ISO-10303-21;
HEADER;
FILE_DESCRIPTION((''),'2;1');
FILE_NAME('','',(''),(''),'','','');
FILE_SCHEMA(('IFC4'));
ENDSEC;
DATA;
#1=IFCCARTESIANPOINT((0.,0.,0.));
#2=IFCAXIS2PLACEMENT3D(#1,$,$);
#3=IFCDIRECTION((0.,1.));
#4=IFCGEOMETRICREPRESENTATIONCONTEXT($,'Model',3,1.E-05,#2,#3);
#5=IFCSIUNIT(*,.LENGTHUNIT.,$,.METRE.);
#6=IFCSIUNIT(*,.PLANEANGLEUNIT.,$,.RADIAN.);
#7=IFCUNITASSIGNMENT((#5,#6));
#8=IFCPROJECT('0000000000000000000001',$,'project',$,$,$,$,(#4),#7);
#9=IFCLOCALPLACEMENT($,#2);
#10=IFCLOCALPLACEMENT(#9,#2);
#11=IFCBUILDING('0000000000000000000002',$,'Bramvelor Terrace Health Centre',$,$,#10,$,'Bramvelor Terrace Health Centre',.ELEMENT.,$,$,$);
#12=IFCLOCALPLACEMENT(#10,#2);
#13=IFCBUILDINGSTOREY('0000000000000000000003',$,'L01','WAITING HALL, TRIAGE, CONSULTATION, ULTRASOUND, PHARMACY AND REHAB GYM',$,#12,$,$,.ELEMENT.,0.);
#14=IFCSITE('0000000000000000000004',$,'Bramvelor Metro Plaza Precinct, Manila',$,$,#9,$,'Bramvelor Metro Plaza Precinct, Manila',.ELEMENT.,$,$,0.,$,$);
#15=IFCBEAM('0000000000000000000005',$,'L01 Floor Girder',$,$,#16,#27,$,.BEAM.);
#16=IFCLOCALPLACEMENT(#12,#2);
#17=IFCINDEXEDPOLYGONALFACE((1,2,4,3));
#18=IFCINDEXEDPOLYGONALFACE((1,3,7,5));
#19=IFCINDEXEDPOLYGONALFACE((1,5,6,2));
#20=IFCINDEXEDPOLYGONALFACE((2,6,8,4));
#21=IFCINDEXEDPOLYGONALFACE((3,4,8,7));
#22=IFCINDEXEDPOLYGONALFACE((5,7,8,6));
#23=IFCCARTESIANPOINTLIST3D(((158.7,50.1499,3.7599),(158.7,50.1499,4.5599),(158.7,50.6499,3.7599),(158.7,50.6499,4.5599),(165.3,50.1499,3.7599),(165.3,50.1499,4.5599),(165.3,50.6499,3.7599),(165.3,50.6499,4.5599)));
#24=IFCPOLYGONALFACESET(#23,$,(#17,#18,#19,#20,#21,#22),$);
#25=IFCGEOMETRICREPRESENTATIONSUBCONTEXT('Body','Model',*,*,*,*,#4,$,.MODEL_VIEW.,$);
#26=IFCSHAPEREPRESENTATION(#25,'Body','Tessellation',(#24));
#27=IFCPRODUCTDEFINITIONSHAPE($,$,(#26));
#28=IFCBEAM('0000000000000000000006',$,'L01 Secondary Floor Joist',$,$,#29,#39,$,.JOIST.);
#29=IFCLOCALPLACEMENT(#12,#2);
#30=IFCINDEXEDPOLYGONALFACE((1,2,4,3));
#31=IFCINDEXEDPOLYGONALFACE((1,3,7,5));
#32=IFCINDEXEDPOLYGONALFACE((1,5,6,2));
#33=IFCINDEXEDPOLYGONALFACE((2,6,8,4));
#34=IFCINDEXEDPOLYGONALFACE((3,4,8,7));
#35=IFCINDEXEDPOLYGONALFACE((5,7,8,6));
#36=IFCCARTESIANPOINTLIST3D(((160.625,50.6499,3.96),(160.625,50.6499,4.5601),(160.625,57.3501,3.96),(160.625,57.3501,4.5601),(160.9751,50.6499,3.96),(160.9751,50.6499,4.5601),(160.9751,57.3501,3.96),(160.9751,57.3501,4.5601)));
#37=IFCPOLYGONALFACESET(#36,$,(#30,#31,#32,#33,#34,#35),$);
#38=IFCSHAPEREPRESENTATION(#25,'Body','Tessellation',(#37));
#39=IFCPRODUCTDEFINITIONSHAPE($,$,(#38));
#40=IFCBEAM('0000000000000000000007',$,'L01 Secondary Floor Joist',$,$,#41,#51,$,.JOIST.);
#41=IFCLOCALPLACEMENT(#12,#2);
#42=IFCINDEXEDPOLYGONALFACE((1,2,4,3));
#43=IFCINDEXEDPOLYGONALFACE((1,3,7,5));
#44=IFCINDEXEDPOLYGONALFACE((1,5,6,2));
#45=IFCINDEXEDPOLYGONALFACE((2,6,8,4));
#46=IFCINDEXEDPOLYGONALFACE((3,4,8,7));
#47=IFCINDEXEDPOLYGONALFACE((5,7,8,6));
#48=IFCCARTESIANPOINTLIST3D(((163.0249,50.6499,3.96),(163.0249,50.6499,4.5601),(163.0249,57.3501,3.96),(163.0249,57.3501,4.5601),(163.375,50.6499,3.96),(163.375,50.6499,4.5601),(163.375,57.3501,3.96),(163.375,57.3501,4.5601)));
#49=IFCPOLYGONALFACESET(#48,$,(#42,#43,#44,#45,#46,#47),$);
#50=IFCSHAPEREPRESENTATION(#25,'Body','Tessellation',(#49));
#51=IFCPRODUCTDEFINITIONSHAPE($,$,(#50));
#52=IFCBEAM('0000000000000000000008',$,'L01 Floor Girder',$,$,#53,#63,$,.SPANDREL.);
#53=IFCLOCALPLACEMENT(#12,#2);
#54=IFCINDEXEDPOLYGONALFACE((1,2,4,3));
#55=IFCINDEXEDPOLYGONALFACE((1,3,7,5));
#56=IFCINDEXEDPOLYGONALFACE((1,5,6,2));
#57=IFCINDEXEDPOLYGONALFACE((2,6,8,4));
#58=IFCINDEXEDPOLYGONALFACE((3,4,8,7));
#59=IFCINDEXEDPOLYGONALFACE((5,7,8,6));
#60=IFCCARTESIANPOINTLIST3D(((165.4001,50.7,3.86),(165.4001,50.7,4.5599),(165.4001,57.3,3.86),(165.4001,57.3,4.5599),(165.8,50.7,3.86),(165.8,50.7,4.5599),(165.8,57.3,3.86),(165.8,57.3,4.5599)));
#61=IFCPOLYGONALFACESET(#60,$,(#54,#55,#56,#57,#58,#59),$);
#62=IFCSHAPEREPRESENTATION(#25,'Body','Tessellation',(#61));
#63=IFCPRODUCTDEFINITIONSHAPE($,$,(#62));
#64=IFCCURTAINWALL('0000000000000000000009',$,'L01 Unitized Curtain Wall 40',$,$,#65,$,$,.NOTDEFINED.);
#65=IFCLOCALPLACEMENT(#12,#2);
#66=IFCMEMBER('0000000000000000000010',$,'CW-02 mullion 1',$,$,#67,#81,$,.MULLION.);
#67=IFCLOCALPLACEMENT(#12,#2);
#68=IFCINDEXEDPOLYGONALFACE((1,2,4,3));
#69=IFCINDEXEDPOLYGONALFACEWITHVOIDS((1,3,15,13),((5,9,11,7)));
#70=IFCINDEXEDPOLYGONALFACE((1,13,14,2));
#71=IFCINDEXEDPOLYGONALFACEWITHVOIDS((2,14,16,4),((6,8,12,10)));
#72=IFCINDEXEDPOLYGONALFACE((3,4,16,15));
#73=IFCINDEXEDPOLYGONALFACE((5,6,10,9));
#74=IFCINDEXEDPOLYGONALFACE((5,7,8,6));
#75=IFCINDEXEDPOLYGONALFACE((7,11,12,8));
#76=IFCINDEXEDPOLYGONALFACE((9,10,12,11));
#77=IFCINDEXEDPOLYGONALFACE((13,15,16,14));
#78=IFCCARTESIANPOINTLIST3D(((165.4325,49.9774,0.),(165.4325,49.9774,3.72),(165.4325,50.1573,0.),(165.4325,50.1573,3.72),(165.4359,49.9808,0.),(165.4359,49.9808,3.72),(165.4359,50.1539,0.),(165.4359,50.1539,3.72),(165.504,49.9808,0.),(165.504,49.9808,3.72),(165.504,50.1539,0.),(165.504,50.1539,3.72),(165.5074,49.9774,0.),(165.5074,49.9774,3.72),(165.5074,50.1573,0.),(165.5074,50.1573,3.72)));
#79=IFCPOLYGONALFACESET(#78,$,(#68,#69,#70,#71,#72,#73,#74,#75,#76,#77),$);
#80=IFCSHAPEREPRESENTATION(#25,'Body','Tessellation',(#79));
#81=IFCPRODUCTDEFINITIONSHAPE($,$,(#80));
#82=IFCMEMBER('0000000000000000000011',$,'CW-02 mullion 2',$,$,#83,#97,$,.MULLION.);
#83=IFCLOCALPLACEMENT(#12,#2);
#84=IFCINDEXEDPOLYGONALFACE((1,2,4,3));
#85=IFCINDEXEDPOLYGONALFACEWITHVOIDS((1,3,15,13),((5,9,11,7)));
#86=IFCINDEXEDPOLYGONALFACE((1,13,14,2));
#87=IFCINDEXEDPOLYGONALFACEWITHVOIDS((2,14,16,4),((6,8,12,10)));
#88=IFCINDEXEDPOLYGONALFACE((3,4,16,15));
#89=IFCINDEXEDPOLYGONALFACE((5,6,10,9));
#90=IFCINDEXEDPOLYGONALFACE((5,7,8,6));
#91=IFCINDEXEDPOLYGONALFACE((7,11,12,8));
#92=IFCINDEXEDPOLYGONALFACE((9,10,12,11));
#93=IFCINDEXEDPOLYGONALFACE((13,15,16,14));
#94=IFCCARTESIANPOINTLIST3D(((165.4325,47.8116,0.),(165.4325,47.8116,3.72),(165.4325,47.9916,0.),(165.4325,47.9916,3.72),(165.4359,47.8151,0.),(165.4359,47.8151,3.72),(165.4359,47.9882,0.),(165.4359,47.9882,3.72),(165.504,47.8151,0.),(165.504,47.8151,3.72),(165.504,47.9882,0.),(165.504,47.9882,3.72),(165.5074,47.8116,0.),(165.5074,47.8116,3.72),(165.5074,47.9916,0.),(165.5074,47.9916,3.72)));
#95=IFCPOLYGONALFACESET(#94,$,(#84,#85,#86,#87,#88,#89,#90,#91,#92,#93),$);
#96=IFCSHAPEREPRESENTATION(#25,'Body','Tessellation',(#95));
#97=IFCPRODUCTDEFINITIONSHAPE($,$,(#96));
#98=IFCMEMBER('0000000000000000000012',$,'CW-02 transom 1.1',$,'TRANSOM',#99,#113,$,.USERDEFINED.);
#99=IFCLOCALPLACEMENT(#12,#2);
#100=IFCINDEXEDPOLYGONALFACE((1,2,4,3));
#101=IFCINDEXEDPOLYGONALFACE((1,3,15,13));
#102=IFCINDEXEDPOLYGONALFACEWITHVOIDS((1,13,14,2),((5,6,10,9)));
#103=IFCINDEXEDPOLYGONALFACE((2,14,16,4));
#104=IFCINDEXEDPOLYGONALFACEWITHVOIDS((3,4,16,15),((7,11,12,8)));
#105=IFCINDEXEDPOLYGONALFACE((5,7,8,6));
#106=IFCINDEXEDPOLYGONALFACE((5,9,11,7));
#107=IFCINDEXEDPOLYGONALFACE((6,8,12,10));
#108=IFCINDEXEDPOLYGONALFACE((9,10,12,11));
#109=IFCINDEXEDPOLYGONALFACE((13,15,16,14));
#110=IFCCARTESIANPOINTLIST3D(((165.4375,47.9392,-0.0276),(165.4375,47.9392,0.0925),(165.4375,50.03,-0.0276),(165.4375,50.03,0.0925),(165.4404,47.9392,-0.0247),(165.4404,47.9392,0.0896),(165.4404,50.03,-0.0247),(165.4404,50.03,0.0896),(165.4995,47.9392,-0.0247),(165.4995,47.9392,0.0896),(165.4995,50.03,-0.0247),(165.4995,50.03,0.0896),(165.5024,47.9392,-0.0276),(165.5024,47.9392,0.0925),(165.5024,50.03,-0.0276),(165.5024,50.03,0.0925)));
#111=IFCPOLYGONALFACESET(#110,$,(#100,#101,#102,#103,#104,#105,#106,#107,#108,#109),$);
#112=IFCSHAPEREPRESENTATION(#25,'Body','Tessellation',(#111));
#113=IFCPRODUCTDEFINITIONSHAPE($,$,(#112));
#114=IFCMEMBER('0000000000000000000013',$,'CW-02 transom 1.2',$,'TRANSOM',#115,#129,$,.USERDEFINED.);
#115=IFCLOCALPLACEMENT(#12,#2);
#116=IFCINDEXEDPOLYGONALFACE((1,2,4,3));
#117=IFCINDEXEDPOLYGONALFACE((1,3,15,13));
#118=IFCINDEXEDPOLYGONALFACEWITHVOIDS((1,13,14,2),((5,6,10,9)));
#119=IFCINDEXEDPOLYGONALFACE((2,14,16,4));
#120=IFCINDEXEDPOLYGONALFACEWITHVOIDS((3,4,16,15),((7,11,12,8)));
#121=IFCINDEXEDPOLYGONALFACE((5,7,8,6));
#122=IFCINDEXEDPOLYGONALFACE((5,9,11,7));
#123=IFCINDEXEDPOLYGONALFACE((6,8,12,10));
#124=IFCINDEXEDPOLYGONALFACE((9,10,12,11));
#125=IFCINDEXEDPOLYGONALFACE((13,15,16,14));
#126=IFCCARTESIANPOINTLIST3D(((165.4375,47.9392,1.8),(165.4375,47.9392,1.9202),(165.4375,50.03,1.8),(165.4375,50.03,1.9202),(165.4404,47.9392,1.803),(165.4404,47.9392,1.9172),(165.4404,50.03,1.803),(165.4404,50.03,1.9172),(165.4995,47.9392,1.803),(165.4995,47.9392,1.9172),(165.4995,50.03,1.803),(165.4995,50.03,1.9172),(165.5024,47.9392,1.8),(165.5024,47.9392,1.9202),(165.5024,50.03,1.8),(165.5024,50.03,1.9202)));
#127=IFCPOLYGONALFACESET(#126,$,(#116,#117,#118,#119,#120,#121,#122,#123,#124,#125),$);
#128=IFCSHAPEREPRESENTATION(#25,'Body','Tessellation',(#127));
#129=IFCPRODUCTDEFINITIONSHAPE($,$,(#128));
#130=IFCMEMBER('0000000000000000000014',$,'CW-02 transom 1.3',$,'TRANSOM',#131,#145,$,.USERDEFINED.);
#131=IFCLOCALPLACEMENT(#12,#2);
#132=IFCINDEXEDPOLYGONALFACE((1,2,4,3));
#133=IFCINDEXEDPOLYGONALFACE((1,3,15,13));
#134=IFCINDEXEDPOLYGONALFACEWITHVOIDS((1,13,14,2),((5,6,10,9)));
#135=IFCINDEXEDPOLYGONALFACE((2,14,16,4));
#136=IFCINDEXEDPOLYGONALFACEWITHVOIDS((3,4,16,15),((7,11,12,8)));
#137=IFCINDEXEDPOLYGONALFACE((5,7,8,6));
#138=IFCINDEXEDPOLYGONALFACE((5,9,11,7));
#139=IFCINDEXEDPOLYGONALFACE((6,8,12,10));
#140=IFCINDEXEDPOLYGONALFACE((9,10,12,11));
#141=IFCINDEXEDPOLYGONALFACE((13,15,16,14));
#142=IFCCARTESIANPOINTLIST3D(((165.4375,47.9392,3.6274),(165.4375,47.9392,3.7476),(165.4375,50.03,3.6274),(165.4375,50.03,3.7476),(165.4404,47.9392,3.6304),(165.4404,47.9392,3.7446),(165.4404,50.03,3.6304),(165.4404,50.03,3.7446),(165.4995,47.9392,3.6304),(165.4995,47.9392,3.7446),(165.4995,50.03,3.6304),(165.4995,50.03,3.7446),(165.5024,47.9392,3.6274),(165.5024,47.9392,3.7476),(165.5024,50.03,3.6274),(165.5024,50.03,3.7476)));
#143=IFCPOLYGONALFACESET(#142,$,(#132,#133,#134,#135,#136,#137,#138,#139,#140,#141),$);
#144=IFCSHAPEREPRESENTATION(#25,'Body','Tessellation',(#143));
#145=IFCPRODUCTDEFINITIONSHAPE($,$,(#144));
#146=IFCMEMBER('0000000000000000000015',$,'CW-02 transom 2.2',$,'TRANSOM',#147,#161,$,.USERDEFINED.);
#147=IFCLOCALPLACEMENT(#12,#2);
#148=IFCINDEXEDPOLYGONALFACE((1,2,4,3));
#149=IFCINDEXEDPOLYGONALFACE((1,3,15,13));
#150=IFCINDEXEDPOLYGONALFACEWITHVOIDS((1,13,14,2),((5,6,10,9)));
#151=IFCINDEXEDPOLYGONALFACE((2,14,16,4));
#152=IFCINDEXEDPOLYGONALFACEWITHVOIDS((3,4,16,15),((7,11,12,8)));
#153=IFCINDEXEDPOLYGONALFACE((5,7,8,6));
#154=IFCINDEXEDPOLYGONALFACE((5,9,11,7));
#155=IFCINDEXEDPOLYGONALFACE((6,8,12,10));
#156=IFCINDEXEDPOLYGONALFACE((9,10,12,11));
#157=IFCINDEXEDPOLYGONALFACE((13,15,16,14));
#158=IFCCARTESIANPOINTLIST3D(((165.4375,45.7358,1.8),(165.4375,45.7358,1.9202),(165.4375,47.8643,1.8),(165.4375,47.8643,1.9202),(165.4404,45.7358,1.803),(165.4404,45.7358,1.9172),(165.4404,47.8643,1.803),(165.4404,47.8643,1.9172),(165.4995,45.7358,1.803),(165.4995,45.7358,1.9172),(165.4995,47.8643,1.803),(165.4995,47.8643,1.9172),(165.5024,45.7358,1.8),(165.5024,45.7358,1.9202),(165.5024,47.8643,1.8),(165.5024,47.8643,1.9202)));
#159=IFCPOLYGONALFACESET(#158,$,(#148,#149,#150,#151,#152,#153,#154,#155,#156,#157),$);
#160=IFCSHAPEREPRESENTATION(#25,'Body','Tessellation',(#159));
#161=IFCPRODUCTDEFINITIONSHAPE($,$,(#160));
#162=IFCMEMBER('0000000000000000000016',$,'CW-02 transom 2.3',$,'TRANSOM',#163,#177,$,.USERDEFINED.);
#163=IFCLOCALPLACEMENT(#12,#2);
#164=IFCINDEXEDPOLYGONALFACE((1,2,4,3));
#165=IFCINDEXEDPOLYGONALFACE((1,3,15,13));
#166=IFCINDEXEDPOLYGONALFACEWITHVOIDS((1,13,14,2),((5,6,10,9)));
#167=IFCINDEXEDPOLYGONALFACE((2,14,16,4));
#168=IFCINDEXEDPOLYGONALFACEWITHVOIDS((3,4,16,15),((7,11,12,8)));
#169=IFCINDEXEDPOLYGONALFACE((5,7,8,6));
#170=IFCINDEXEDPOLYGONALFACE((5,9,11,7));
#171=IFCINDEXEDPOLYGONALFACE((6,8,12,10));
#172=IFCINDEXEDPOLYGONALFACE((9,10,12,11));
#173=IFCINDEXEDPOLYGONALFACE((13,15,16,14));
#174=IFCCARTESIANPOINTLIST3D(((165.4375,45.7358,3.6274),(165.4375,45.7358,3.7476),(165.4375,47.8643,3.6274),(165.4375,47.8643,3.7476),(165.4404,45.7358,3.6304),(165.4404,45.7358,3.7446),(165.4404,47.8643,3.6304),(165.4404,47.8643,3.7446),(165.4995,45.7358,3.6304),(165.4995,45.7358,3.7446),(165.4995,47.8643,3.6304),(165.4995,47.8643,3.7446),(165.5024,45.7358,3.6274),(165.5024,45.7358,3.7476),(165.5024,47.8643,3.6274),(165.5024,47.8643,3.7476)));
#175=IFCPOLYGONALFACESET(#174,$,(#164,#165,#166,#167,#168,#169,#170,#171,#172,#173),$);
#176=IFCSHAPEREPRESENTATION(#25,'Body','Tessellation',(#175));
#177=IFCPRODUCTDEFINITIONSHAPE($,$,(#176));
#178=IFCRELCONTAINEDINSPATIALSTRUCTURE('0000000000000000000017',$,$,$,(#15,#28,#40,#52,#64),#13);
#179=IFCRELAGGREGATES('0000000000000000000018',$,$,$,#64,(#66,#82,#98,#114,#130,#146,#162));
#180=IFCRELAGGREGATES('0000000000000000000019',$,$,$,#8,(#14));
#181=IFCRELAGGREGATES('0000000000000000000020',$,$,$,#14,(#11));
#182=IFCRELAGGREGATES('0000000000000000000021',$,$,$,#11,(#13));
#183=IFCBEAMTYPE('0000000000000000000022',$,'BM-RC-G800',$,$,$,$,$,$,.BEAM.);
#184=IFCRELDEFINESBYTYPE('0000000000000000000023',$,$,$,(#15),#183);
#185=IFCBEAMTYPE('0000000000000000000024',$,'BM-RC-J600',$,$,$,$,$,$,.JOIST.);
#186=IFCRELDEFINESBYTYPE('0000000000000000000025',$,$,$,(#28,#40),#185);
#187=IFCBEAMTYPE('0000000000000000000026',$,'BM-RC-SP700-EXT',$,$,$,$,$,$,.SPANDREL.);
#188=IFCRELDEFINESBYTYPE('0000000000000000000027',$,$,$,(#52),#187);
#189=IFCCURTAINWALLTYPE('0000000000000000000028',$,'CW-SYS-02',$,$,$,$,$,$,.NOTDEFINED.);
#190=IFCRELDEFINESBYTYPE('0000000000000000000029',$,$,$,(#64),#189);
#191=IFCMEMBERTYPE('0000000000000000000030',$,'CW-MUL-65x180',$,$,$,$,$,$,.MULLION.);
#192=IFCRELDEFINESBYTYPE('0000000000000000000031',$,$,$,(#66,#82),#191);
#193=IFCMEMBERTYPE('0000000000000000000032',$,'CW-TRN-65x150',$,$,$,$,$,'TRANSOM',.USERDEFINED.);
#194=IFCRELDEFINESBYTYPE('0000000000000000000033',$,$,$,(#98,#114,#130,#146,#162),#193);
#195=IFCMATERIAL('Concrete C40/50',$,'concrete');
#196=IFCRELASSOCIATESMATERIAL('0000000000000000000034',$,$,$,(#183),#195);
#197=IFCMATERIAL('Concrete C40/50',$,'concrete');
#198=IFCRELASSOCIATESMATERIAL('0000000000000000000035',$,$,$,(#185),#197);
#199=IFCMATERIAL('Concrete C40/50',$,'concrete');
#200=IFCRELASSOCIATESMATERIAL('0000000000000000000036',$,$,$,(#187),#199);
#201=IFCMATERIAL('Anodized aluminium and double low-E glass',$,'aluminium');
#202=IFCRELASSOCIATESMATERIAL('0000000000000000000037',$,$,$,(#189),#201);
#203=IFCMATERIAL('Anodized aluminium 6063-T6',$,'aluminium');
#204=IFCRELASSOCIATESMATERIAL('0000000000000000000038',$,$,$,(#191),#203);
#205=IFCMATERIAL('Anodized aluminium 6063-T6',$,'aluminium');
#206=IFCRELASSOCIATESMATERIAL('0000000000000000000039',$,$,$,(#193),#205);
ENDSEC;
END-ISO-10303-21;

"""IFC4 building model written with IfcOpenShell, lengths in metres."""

from ifc_helpers import new_model, si_unit, direction, frame, origin, origin_2d, place, context, subcontext, project, spatial, rectangle, hollow_rectangle, extrude, material, material_profile, profile_set, type_object, element, aggregate, save


model = new_model("IFC4")

# Units and contexts
model_context = context("Model", 3, precision=1e-05, world=origin(), true_north=direction((0.0, 1.0)))
body_context = subcontext(model_context, "Body", "Model", "MODEL_VIEW")
ifc_project = project(units=[si_unit("LENGTHUNIT", "METRE"), si_unit("PLANEANGLEUNIT", "RADIAN")], contexts=[model_context])

# Site, building, storey
site_placement = place(None, origin())
site = spatial("IfcSite", under=ifc_project, at=site_placement, Name="Bramvelor Metro Plaza Precinct, Manila", LongName="Bramvelor Metro Plaza Precinct, Manila", CompositionType="ELEMENT", RefElevation=0.0)
building_placement = place(site_placement, origin())
building = spatial("IfcBuilding", under=site, at=building_placement, Name="Bramvelor Terrace Health Centre", LongName="Bramvelor Terrace Health Centre", CompositionType="ELEMENT")
storey_placement = place(building_placement, origin())
storey = spatial("IfcBuildingStorey", under=building, at=storey_placement, Name="L01", Description="WAITING HALL, TRIAGE, CONSULTATION, ULTRASOUND, PHARMACY AND REHAB GYM", CompositionType="ELEMENT", Elevation=0.0)

# Beams
ifc_material_1 = material(Name="Concrete C40/50", Category="concrete")
ifc_material_profile_1 = material_profile(ifc_material_1, rectangle(XDim=0.5, YDim=0.8, at=origin_2d()), Name="RC 500x800")
ifc_profile_set_1 = profile_set([ifc_material_profile_1], Name="Concrete C40/50")
beam_type_1 = type_object("IfcBeamType", Name="BM-RC-G800", PredefinedType="BEAM", material=ifc_profile_set_1)
beam_1_placement = place(storey_placement, frame((158.7, 50.3999, 4.1599), z_axis=(1.0, 0.0, 0.0), x_axis=(0.0, 1.0, 0.0)))
element("IfcBeam", 1, at=beam_1_placement, inside=storey, type_object=beam_type_1, Name="L01 Floor Girder", PredefinedType="BEAM", context=body_context, shape_type="SweptSolid", body=[
    extrude(rectangle(XDim=0.5, YDim=0.8, at=origin_2d()), origin(), (0.0, 0.0, 1.0), 6.6001),
])
ifc_material_2 = material(Name="Concrete C40/50", Category="concrete")
ifc_material_profile_2 = material_profile(ifc_material_2, rectangle(XDim=0.3501, YDim=0.6001, at=origin_2d()), Name="RC 350x600")
ifc_profile_set_2 = profile_set([ifc_material_profile_2], Name="Concrete C40/50")
beam_type_2 = type_object("IfcBeamType", Name="BM-RC-J600", PredefinedType="JOIST", material=ifc_profile_set_2)
for number, where, z_axis, x_axis, name in (
    (2, (160.8, 50.6499, 4.26), (0.0, 1.0, 0.0), (-1.0, 0.0, 0.0), "L01 Secondary Floor Joist"),
    (3, (163.2, 50.6499, 4.26), (0.0, 1.0, 0.0), (-1.0, 0.0, 0.0), "L01 Secondary Floor Joist"),
):
    element("IfcBeam", number, at=place(storey_placement, frame(where, z_axis=z_axis, x_axis=x_axis)), inside=storey, type_object=beam_type_2, Name=name, PredefinedType="JOIST", context=body_context, shape_type="SweptSolid", body=[
        extrude(rectangle(XDim=0.3501, YDim=0.6001, at=origin_2d()), origin(), (0.0, 0.0, 1.0), 6.7002),
    ])
ifc_material_3 = material(Name="Concrete C40/50", Category="concrete")
ifc_material_profile_3 = material_profile(ifc_material_3, rectangle(XDim=0.3999, YDim=0.7, at=origin_2d()), Name="RC 400x700")
ifc_profile_set_3 = profile_set([ifc_material_profile_3], Name="Concrete C40/50")
beam_type_3 = type_object("IfcBeamType", Name="BM-RC-SP700-EXT", PredefinedType="SPANDREL", material=ifc_profile_set_3)
beam_2_placement = place(storey_placement, frame((165.6001, 50.7, 4.21), z_axis=(0.0, 1.0, 0.0), x_axis=(-1.0, 0.0, 0.0)))
element("IfcBeam", 4, at=beam_2_placement, inside=storey, type_object=beam_type_3, Name="L01 Floor Girder", PredefinedType="SPANDREL", context=body_context, shape_type="SweptSolid", body=[
    extrude(rectangle(XDim=0.3999, YDim=0.7, at=origin_2d()), origin(), (0.0, 0.0, 1.0), 6.6001),
])

# Curtain wall, members
ifc_material_4 = material(Name="Anodized aluminium and double low-E glass", Category="aluminium")
curtain_wall_type = type_object("IfcCurtainWallType", Name="CW-SYS-02", PredefinedType="NOTDEFINED", material=ifc_material_4)
curtain_wall_placement = place(storey_placement, origin())
curtain_wall = element("IfcCurtainWall", 5, at=curtain_wall_placement, inside=storey, type_object=curtain_wall_type, Name="L01 Unitized Curtain Wall 40", PredefinedType="NOTDEFINED")
ifc_material_5 = material(Name="Anodized aluminium 6063-T6", Category="aluminium")
ifc_material_profile_4 = material_profile(ifc_material_5, hollow_rectangle(XDim=0.075, YDim=0.1799, WallThickness=0.0034, at=origin_2d()), Name="ALU-MUL 75x180x3.5")
ifc_profile_set_4 = profile_set([ifc_material_profile_4], Name="Anodized aluminium 6063-T6")
member_type_1 = type_object("IfcMemberType", Name="CW-MUL-65x180", PredefinedType="MULLION", material=ifc_profile_set_4)
member_1_placement = place(storey_placement, frame((165.47, 50.0674, 0.0), z_axis=(0.0, 0.0, 1.0), x_axis=(1.0, 0.0, 0.0)))
member_1 = element("IfcMember", 6, at=member_1_placement, type_object=member_type_1, Name="CW-02 mullion 1", PredefinedType="MULLION", context=body_context, shape_type="SweptSolid", body=[
    extrude(hollow_rectangle(XDim=0.075, YDim=0.1799, WallThickness=0.0034, at=origin_2d()), origin(), (0.0, 0.0, 1.0), 3.72),
])
member_2_placement = place(storey_placement, frame((165.47, 47.9016, 0.0), z_axis=(0.0, 0.0, 1.0), x_axis=(1.0, 0.0, 0.0)))
member_2 = element("IfcMember", 7, at=member_2_placement, type_object=member_type_1, Name="CW-02 mullion 2", PredefinedType="MULLION", context=body_context, shape_type="SweptSolid", body=[
    extrude(hollow_rectangle(XDim=0.075, YDim=0.1799, WallThickness=0.0034, at=origin_2d()), origin(), (0.0, 0.0, 1.0), 3.72),
])
ifc_material_6 = material(Name="Anodized aluminium 6063-T6", Category="aluminium")
ifc_material_profile_5 = material_profile(ifc_material_6, hollow_rectangle(XDim=0.0649, YDim=0.1201, WallThickness=0.0029, at=origin_2d()), Name="ALU-TRN 65x120x3.0")
ifc_profile_set_5 = profile_set([ifc_material_profile_5], Name="Anodized aluminium 6063-T6")
member_type_2 = type_object("IfcMemberType", Name="CW-TRN-65x150", ElementType="TRANSOM", PredefinedType="USERDEFINED", material=ifc_profile_set_5)
member_3_placement = place(storey_placement, frame((165.47, 50.03, 0.0325), z_axis=(0.0, -1.0, 0.0), x_axis=(1.0, 0.0, 0.0)))
member_3 = element("IfcMember", 8, at=member_3_placement, type_object=member_type_2, Name="CW-02 transom 1.1", ObjectType="TRANSOM", PredefinedType="USERDEFINED", context=body_context, shape_type="SweptSolid", body=[
    extrude(hollow_rectangle(XDim=0.0649, YDim=0.1201, WallThickness=0.0029, at=origin_2d()), origin(), (0.0, 0.0, 1.0), 2.0908),
])
member_4_placement = place(storey_placement, frame((165.47, 50.03, 1.8601), z_axis=(0.0, -1.0, 0.0), x_axis=(1.0, 0.0, 0.0)))
member_4 = element("IfcMember", 9, at=member_4_placement, type_object=member_type_2, Name="CW-02 transom 1.2", ObjectType="TRANSOM", PredefinedType="USERDEFINED", context=body_context, shape_type="SweptSolid", body=[
    extrude(hollow_rectangle(XDim=0.0649, YDim=0.1201, WallThickness=0.0029, at=origin_2d()), origin(), (0.0, 0.0, 1.0), 2.0908),
])
member_5_placement = place(storey_placement, frame((165.47, 50.03, 3.6875), z_axis=(0.0, -1.0, 0.0), x_axis=(1.0, 0.0, 0.0)))
member_5 = element("IfcMember", 10, at=member_5_placement, type_object=member_type_2, Name="CW-02 transom 1.3", ObjectType="TRANSOM", PredefinedType="USERDEFINED", context=body_context, shape_type="SweptSolid", body=[
    extrude(hollow_rectangle(XDim=0.0649, YDim=0.1201, WallThickness=0.0029, at=origin_2d()), origin(), (0.0, 0.0, 1.0), 2.0908),
])
member_6_placement = place(storey_placement, frame((165.47, 47.8643, 1.8601), z_axis=(0.0, -1.0, 0.0), x_axis=(1.0, 0.0, 0.0)))
member_6 = element("IfcMember", 11, at=member_6_placement, type_object=member_type_2, Name="CW-02 transom 2.2", ObjectType="TRANSOM", PredefinedType="USERDEFINED", context=body_context, shape_type="SweptSolid", body=[
    extrude(hollow_rectangle(XDim=0.0649, YDim=0.1201, WallThickness=0.0029, at=origin_2d()), origin(), (0.0, 0.0, 1.0), 2.1284),
])
member_7_placement = place(storey_placement, frame((165.47, 47.8643, 3.6875), z_axis=(0.0, -1.0, 0.0), x_axis=(1.0, 0.0, 0.0)))
member_7 = element("IfcMember", 12, at=member_7_placement, type_object=member_type_2, Name="CW-02 transom 2.3", ObjectType="TRANSOM", PredefinedType="USERDEFINED", context=body_context, shape_type="SweptSolid", body=[
    extrude(hollow_rectangle(XDim=0.0649, YDim=0.1201, WallThickness=0.0029, at=origin_2d()), origin(), (0.0, 0.0, 1.0), 2.1284),
])
aggregate(curtain_wall, [member_1, member_2, member_3, member_4, member_5, member_6, member_7])

save(model, "model.ifc")
